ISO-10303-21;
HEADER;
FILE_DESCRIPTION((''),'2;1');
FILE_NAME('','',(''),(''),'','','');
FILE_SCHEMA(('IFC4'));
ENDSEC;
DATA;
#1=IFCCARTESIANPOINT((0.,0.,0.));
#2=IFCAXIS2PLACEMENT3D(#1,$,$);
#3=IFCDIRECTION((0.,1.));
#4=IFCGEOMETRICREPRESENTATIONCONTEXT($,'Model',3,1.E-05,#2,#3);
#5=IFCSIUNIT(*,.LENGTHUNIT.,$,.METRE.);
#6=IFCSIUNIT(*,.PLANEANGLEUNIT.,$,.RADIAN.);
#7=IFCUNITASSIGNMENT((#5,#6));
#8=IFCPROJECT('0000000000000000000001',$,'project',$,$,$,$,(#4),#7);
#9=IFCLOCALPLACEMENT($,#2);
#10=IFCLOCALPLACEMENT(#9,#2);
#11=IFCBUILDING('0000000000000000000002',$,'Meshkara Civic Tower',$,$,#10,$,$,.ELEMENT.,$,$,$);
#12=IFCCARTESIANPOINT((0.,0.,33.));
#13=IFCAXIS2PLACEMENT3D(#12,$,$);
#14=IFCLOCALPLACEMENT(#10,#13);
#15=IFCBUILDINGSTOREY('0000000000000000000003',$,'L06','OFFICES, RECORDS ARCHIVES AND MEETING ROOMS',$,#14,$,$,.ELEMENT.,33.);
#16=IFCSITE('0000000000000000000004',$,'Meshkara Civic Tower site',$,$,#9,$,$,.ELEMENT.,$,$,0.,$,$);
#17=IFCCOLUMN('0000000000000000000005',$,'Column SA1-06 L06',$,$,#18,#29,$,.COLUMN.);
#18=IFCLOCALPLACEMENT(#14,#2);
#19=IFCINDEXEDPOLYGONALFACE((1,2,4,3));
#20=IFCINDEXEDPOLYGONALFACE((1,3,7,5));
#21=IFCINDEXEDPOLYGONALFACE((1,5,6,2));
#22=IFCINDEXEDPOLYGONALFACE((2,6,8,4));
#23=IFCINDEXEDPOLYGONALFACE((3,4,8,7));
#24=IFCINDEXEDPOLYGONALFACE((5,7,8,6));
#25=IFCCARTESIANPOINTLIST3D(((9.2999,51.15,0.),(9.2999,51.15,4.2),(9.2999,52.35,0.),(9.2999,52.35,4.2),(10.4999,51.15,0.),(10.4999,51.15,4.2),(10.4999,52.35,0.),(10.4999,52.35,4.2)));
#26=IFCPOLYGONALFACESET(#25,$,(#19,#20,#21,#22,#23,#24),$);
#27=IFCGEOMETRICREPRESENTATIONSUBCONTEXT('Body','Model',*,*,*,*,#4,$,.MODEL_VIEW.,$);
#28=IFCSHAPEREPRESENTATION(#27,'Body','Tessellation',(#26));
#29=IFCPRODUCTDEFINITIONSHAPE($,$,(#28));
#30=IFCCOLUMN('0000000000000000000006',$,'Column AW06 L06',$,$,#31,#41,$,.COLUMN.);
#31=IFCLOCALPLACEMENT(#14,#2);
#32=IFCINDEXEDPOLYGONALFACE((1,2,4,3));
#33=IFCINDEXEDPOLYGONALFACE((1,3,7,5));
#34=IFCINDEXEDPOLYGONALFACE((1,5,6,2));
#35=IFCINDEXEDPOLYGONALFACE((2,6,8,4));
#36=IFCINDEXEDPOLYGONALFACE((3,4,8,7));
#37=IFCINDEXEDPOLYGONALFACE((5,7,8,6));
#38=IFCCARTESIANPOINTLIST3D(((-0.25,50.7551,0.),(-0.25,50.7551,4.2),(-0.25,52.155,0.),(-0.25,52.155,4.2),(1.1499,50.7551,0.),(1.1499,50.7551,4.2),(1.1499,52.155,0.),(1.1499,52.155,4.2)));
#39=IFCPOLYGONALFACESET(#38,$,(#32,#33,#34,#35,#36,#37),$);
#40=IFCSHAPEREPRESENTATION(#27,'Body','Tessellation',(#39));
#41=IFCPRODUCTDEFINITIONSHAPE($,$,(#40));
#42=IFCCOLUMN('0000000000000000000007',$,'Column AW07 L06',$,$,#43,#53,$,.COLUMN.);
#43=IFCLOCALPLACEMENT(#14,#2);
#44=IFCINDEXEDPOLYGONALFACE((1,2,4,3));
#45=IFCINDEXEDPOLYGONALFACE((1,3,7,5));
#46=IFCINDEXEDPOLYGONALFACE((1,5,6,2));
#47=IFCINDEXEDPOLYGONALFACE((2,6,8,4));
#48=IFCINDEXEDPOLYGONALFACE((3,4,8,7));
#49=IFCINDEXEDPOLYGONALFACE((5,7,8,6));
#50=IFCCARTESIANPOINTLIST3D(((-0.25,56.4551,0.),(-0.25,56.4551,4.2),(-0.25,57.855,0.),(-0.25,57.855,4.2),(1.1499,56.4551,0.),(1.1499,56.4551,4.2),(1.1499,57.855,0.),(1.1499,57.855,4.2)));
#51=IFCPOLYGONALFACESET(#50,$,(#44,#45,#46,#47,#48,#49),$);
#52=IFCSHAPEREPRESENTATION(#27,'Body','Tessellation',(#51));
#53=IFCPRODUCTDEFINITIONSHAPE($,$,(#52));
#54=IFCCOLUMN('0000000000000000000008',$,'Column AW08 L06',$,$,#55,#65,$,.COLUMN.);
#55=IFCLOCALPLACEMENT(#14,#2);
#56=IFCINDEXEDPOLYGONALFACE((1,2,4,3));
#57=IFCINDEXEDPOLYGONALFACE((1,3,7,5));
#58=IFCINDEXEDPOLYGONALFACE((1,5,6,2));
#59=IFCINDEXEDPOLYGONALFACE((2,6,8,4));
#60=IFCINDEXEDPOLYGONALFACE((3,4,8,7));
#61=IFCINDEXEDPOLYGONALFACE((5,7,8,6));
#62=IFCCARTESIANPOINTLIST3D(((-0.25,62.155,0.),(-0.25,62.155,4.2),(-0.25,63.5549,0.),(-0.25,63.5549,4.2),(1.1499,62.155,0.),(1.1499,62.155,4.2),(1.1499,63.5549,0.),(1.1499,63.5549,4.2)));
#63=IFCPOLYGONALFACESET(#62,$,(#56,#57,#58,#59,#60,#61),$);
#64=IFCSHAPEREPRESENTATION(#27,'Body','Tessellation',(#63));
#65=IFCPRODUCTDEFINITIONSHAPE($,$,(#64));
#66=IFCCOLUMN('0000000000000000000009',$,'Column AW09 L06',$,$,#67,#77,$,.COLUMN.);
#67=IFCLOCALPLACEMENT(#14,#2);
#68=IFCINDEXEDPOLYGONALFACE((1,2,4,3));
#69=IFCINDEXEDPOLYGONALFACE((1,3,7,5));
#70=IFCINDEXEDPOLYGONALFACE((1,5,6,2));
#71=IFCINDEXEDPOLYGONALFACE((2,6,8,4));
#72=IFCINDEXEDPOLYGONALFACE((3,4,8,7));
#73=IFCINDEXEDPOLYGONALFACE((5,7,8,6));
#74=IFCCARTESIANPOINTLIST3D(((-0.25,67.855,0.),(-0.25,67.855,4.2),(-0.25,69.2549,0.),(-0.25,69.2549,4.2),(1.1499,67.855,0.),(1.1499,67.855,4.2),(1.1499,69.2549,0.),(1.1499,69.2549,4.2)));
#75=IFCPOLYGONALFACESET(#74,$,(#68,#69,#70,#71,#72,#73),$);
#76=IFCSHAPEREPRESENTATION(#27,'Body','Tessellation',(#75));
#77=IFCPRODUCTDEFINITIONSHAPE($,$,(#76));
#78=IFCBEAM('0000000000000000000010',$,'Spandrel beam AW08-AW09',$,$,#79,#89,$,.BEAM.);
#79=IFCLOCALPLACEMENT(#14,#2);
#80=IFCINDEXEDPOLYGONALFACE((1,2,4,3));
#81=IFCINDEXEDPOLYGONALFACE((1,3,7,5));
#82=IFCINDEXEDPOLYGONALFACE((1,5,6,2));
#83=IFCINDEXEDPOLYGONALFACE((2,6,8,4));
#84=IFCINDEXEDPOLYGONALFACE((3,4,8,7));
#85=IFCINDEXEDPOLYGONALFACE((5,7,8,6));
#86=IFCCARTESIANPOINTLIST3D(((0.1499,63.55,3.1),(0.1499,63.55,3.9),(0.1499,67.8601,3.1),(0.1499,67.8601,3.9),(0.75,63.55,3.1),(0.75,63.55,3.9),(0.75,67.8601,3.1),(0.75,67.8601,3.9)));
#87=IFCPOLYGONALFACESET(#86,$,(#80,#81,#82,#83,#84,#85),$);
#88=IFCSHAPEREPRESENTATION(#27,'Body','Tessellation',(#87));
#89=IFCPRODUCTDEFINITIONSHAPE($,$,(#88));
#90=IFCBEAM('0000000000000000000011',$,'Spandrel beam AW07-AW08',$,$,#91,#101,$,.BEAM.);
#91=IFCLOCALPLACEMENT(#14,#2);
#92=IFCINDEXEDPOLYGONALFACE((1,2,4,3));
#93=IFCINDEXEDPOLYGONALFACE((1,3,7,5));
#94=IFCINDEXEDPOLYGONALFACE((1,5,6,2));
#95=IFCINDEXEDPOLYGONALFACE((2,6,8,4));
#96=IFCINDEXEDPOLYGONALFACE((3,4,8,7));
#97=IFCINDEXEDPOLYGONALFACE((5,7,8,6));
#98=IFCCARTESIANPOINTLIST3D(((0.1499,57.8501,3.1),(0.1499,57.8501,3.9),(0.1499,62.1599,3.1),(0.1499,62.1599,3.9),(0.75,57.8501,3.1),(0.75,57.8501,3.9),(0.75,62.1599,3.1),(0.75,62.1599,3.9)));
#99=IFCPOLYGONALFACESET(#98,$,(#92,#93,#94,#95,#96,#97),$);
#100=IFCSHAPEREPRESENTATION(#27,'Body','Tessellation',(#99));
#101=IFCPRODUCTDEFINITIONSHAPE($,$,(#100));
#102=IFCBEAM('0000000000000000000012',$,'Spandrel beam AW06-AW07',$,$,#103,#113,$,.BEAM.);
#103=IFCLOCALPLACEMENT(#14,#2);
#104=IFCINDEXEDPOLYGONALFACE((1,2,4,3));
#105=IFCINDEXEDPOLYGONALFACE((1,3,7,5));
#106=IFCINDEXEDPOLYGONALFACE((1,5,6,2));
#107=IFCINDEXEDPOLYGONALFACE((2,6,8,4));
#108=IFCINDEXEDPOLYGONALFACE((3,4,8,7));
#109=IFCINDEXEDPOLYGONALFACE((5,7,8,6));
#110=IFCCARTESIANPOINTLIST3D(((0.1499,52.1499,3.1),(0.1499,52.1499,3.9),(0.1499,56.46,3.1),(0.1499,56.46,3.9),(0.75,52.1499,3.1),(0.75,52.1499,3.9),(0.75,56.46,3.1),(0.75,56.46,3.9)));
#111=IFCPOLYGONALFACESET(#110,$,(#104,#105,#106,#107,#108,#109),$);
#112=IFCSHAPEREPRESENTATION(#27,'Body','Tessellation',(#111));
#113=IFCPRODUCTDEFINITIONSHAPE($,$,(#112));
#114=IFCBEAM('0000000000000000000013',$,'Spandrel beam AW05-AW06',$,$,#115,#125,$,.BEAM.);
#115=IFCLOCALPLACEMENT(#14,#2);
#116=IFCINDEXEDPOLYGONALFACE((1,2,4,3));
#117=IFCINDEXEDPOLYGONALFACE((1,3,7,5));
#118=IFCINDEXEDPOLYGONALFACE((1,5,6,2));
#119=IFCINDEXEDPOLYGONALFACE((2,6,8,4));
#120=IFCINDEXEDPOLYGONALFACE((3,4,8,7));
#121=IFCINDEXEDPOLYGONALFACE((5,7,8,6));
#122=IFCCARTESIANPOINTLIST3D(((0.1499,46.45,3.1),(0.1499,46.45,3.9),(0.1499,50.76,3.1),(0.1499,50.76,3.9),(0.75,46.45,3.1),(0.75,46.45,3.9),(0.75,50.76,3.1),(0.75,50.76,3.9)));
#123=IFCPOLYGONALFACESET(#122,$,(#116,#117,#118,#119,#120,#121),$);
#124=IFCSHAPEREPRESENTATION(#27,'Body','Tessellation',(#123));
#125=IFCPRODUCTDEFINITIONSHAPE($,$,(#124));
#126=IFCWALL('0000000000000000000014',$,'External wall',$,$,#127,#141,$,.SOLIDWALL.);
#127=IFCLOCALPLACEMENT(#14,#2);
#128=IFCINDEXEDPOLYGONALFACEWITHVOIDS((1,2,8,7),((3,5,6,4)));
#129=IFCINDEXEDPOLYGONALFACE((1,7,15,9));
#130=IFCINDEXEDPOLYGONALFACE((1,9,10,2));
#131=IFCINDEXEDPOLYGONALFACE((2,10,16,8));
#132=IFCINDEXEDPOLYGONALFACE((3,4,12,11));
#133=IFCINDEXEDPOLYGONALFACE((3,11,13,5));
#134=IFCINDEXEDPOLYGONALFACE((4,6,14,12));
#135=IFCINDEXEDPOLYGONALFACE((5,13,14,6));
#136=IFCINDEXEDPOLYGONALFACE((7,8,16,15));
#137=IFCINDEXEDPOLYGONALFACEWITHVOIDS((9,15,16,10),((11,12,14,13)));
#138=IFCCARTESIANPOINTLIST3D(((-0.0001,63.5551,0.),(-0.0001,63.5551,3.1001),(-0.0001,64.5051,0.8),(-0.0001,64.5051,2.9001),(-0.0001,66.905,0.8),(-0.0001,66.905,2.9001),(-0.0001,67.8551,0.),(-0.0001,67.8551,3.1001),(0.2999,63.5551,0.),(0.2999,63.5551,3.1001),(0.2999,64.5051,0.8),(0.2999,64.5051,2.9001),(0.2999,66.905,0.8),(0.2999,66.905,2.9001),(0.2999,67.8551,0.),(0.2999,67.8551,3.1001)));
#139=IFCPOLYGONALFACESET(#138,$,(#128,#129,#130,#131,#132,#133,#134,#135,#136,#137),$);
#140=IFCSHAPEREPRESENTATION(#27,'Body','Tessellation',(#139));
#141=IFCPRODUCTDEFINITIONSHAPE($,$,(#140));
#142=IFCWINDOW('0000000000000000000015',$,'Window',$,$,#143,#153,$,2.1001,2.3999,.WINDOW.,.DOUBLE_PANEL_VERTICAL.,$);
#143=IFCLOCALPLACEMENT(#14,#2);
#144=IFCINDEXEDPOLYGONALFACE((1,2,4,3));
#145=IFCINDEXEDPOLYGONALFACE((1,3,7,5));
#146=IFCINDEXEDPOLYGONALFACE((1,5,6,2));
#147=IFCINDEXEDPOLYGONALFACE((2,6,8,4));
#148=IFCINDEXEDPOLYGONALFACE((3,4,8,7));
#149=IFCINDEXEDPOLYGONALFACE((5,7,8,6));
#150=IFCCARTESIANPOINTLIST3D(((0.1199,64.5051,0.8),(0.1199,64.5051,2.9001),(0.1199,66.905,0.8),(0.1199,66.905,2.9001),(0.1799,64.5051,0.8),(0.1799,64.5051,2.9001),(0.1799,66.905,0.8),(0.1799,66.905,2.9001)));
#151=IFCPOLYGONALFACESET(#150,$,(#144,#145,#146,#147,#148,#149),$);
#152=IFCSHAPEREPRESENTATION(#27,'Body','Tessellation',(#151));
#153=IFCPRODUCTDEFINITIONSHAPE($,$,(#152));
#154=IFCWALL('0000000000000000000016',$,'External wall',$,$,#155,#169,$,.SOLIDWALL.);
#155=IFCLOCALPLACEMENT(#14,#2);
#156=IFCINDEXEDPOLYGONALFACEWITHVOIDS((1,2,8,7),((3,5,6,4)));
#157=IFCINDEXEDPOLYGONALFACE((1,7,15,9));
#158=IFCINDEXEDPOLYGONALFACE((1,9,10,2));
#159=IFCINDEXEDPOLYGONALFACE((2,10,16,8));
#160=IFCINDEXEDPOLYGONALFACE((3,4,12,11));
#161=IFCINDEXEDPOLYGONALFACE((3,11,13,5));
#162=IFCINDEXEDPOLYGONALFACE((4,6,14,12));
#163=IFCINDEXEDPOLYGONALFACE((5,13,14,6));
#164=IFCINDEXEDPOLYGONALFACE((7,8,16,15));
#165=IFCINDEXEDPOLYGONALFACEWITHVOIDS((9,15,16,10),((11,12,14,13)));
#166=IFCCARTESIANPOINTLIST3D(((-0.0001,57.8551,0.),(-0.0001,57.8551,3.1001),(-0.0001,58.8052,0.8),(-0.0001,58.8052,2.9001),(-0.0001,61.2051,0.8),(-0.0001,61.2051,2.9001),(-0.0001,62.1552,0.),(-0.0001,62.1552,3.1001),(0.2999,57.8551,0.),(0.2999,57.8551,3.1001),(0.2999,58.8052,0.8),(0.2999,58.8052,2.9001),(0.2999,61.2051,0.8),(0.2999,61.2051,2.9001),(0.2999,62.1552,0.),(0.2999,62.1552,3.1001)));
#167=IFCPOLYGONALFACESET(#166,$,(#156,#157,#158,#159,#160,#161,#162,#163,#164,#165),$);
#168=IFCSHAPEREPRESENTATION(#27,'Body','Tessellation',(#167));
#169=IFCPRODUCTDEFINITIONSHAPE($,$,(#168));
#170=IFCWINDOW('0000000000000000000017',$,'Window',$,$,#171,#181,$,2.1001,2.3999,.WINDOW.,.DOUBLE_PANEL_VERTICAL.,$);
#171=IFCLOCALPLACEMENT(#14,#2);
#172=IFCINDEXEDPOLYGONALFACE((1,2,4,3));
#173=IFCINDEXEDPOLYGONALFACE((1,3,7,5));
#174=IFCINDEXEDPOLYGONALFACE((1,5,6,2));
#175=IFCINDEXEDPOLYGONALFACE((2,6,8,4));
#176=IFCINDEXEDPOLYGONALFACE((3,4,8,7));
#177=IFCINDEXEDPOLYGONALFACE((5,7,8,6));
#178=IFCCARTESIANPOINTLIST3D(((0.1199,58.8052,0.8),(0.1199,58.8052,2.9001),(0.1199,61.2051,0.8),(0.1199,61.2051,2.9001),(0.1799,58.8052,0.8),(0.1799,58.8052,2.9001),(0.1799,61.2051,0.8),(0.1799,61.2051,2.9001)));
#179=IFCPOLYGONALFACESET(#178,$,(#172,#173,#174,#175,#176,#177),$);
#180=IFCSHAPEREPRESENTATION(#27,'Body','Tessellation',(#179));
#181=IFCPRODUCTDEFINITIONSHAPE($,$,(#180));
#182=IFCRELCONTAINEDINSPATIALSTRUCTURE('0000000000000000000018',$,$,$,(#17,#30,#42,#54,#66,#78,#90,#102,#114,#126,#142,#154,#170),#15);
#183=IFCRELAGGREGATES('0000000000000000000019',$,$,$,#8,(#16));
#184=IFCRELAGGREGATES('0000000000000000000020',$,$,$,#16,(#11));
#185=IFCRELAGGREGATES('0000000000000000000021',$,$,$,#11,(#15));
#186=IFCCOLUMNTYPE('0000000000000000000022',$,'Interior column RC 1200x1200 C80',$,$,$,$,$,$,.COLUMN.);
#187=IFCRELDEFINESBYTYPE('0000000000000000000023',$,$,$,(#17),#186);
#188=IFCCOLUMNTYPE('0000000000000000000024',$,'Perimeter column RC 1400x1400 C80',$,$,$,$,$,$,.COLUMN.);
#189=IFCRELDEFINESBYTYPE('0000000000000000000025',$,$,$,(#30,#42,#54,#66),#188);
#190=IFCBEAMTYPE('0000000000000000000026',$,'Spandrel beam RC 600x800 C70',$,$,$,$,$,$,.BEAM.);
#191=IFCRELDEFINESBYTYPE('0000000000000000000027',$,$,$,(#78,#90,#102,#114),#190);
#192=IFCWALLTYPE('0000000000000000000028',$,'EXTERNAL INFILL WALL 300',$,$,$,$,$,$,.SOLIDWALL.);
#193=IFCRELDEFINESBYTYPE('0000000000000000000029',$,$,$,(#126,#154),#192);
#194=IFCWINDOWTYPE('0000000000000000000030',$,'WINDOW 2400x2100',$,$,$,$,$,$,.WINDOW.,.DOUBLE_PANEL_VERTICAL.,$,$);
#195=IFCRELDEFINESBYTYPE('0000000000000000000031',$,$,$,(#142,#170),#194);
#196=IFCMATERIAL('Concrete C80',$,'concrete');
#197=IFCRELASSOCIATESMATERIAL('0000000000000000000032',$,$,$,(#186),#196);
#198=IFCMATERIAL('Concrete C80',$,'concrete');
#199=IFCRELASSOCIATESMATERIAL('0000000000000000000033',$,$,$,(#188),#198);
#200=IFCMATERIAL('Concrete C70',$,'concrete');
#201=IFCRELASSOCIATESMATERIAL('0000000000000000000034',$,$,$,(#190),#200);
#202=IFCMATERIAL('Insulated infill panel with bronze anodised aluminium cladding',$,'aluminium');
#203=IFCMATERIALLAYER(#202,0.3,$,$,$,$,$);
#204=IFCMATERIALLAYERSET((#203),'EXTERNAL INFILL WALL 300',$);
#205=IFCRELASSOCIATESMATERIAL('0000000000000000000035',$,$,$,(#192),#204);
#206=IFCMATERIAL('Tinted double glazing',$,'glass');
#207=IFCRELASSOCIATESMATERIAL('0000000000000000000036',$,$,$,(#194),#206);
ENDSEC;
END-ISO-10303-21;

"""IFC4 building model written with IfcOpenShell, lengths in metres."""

from ifc_helpers import new_model, si_unit, direction, frame, frame_2d, origin, origin_2d, place, context, subcontext, project, spatial, rectangle, extrude, material, layer, layer_set, material_profile, profile_set, type_object, element, fill, save


model = new_model("IFC4")

# Units and contexts
model_context = context("Model", 3, precision=1e-05, world=origin(), true_north=direction((0.0, 1.0)))
body_context = subcontext(model_context, "Body", "Model", "MODEL_VIEW")
ifc_project = project(units=[si_unit("LENGTHUNIT", "METRE"), si_unit("PLANEANGLEUNIT", "RADIAN")], contexts=[model_context])

# Site, building, storey
site_placement = place(None, origin())
site = spatial("IfcSite", under=ifc_project, at=site_placement, Name="Meshkara Civic Tower site", CompositionType="ELEMENT", RefElevation=0.0)
building_placement = place(site_placement, origin())
building = spatial("IfcBuilding", under=site, at=building_placement, Name="Meshkara Civic Tower", CompositionType="ELEMENT")
storey_placement = place(building_placement, frame((0.0, 0.0, 33.0)))
storey = spatial("IfcBuildingStorey", under=building, at=storey_placement, Name="L06", Description="OFFICES, RECORDS ARCHIVES AND MEETING ROOMS", CompositionType="ELEMENT", Elevation=33.0)

# Columns
ifc_material_1 = material(Name="Concrete C80", Category="concrete")
ifc_material_profile_1 = material_profile(ifc_material_1, rectangle(XDim=1.2, YDim=1.2, at=origin_2d()))
ifc_profile_set_1 = profile_set([ifc_material_profile_1], Name="Concrete C80")
column_type_1 = type_object("IfcColumnType", Name="Interior column RC 1200x1200 C80", PredefinedType="COLUMN", material=ifc_profile_set_1)
column_placement = place(storey_placement, frame((9.8999, 51.75, 0.0), z_axis=(0.0, 0.0, 1.0), x_axis=(1.0, 0.0, 0.0)))
element("IfcColumn", 1, at=column_placement, inside=storey, type_object=column_type_1, Name="Column SA1-06 L06", PredefinedType="COLUMN", context=body_context, shape_type="SweptSolid", body=[
    extrude(rectangle(XDim=1.2, YDim=1.2, at=origin_2d()), origin(), (0.0, 0.0, 1.0), 4.2),
])
ifc_material_2 = material(Name="Concrete C80", Category="concrete")
ifc_material_profile_2 = material_profile(ifc_material_2, rectangle(XDim=1.3999, YDim=1.3999, at=origin_2d()))
ifc_profile_set_2 = profile_set([ifc_material_profile_2], Name="Concrete C80")
column_type_2 = type_object("IfcColumnType", Name="Perimeter column RC 1400x1400 C80", PredefinedType="COLUMN", material=ifc_profile_set_2)
for number, where, z_axis, x_axis, name in (
    (2, (0.45, 51.4551, 0.0), (0.0, 0.0, 1.0), (1.0, 0.0, 0.0), "Column AW06 L06"),
    (3, (0.45, 57.155, 0.0), (0.0, 0.0, 1.0), (1.0, 0.0, 0.0), "Column AW07 L06"),
    (4, (0.45, 62.855, 0.0), (0.0, 0.0, 1.0), (1.0, 0.0, 0.0), "Column AW08 L06"),
    (5, (0.45, 68.5549, 0.0), (0.0, 0.0, 1.0), (1.0, 0.0, 0.0), "Column AW09 L06"),
):
    element("IfcColumn", number, at=place(storey_placement, frame(where, z_axis=z_axis, x_axis=x_axis)), inside=storey, type_object=column_type_2, Name=name, PredefinedType="COLUMN", context=body_context, shape_type="SweptSolid", body=[
        extrude(rectangle(XDim=1.3999, YDim=1.3999, at=origin_2d()), origin(), (0.0, 0.0, 1.0), 4.2),
    ])

# Beams
ifc_material_3 = material(Name="Concrete C70", Category="concrete")
ifc_material_profile_3 = material_profile(ifc_material_3, rectangle(XDim=0.6001, YDim=0.8, at=origin_2d()))
ifc_profile_set_3 = profile_set([ifc_material_profile_3], Name="Concrete C70")
beam_type = type_object("IfcBeamType", Name="Spandrel beam RC 600x800 C70", PredefinedType="BEAM", material=ifc_profile_set_3)
beam_1_placement = place(storey_placement, frame((0.45, 67.8601, 3.5), z_axis=(0.0, -1.0, 0.0), x_axis=(1.0, 0.0, 0.0)))
element("IfcBeam", 6, at=beam_1_placement, inside=storey, type_object=beam_type, Name="Spandrel beam AW08-AW09", PredefinedType="BEAM", context=body_context, shape_type="SweptSolid", body=[
    extrude(rectangle(XDim=0.6001, YDim=0.8, at=origin_2d()), origin(), (0.0, 0.0, 1.0), 4.3101),
])
beam_2_placement = place(storey_placement, frame((0.45, 62.1599, 3.5), z_axis=(0.0, -1.0, 0.0), x_axis=(1.0, 0.0, 0.0)))
element("IfcBeam", 7, at=beam_2_placement, inside=storey, type_object=beam_type, Name="Spandrel beam AW07-AW08", PredefinedType="BEAM", context=body_context, shape_type="SweptSolid", body=[
    extrude(rectangle(XDim=0.6001, YDim=0.8, at=origin_2d()), origin(), (0.0, 0.0, 1.0), 4.3098),
])
for number, where, z_axis, x_axis, name in (
    (8, (0.45, 56.46, 3.5), (0.0, -1.0, 0.0), (1.0, 0.0, 0.0), "Spandrel beam AW06-AW07"),
    (9, (0.45, 50.76, 3.5), (0.0, -1.0, 0.0), (1.0, 0.0, 0.0), "Spandrel beam AW05-AW06"),
):
    element("IfcBeam", number, at=place(storey_placement, frame(where, z_axis=z_axis, x_axis=x_axis)), inside=storey, type_object=beam_type, Name=name, PredefinedType="BEAM", context=body_context, shape_type="SweptSolid", body=[
        extrude(rectangle(XDim=0.6001, YDim=0.8, at=origin_2d()), origin(), (0.0, 0.0, 1.0), 4.3101),
    ])

# Walls, openings, windows
ifc_material_4 = material(Name="Insulated infill panel with bronze anodised aluminium cladding", Category="aluminium")
ifc_layer_1 = layer(ifc_material_4, 0.3)
ifc_layer_set_1 = layer_set([ifc_layer_1], Name="EXTERNAL INFILL WALL 300")
wall_type_1 = type_object("IfcWallType", Name="EXTERNAL INFILL WALL 300", PredefinedType="SOLIDWALL", material=ifc_layer_set_1)
wall_1_placement = place(storey_placement, frame((0.1499, 67.855, 0.0), z_axis=(0.0, 0.0, 1.0), x_axis=(0.0, -1.0, 0.0)))
wall_1 = element("IfcWall", 10, at=wall_1_placement, inside=storey, type_object=wall_type_1, Name="External wall", PredefinedType="SOLIDWALL", context=body_context, shape_type="SweptSolid", body=[
    extrude(rectangle(XDim=4.3, YDim=0.3, at=frame_2d((2.1499, 0.0))), origin(), (0.0, 0.0, 1.0), 3.1001),
])
opening_1_placement = place(wall_1_placement, frame((0.95, 0.0, 0.8)))
opening_1 = element("IfcOpeningElement", 11, at=opening_1_placement, cuts=wall_1, PredefinedType="OPENING", context=body_context, shape_type="SweptSolid", body=[
    extrude(rectangle(XDim=2.3999, YDim=2.1001, at=frame_2d((1.2, 1.05))), frame((0.0, 0.1599, 0.0), z_axis=(0.0, -1.0, 0.0), x_axis=(1.0, 0.0, 0.0)), (0.0, 0.0, 1.0), 0.3201),
])
ifc_material_5 = material(Name="Tinted double glazing", Category="glass")
window_type = type_object("IfcWindowType", Name="WINDOW 2400x2100", PartitioningType="DOUBLE_PANEL_VERTICAL", PredefinedType="WINDOW", material=ifc_material_5)
window_1_placement = place(opening_1_placement, origin())
window_1 = element("IfcWindow", 12, at=window_1_placement, inside=storey, type_object=window_type, Name="Window", OverallHeight=2.1001, OverallWidth=2.3999, PartitioningType="DOUBLE_PANEL_VERTICAL", PredefinedType="WINDOW", context=body_context, shape_type="SweptSolid", body=[
    extrude(rectangle(XDim=2.3999, YDim=2.1001, at=frame_2d((1.2, 1.05))), frame((0.0, 0.03, 0.0), z_axis=(0.0, -1.0, 0.0), x_axis=(1.0, 0.0, 0.0)), (0.0, 0.0, 1.0), 0.0601),
])
fill(opening_1, window_1)
wall_2_placement = place(storey_placement, frame((0.1499, 62.155, 0.0), z_axis=(0.0, 0.0, 1.0), x_axis=(0.0, -1.0, 0.0)))
wall_2 = element("IfcWall", 13, at=wall_2_placement, inside=storey, type_object=wall_type_1, Name="External wall", PredefinedType="SOLIDWALL", context=body_context, shape_type="SweptSolid", body=[
    extrude(rectangle(XDim=4.3, YDim=0.3, at=frame_2d((2.1499, 0.0))), origin(), (0.0, 0.0, 1.0), 3.1001),
])
opening_2_placement = place(wall_2_placement, frame((0.95, 0.0, 0.8)))
opening_2 = element("IfcOpeningElement", 14, at=opening_2_placement, cuts=wall_2, PredefinedType="OPENING", context=body_context, shape_type="SweptSolid", body=[
    extrude(rectangle(XDim=2.3999, YDim=2.1001, at=frame_2d((1.2, 1.05))), frame((0.0, 0.1599, 0.0), z_axis=(0.0, -1.0, 0.0), x_axis=(1.0, 0.0, 0.0)), (0.0, 0.0, 1.0), 0.3201),
])
window_2_placement = place(opening_2_placement, origin())
window_2 = element("IfcWindow", 15, at=window_2_placement, inside=storey, type_object=window_type, Name="Window", OverallHeight=2.1001, OverallWidth=2.3999, PartitioningType="DOUBLE_PANEL_VERTICAL", PredefinedType="WINDOW", context=body_context, shape_type="SweptSolid", body=[
    extrude(rectangle(XDim=2.3999, YDim=2.1001, at=frame_2d((1.2, 1.05))), frame((0.0, 0.03, 0.0), z_axis=(0.0, -1.0, 0.0), x_axis=(1.0, 0.0, 0.0)), (0.0, 0.0, 1.0), 0.0601),
])
fill(opening_2, window_2)

save(model, "model.ifc")
